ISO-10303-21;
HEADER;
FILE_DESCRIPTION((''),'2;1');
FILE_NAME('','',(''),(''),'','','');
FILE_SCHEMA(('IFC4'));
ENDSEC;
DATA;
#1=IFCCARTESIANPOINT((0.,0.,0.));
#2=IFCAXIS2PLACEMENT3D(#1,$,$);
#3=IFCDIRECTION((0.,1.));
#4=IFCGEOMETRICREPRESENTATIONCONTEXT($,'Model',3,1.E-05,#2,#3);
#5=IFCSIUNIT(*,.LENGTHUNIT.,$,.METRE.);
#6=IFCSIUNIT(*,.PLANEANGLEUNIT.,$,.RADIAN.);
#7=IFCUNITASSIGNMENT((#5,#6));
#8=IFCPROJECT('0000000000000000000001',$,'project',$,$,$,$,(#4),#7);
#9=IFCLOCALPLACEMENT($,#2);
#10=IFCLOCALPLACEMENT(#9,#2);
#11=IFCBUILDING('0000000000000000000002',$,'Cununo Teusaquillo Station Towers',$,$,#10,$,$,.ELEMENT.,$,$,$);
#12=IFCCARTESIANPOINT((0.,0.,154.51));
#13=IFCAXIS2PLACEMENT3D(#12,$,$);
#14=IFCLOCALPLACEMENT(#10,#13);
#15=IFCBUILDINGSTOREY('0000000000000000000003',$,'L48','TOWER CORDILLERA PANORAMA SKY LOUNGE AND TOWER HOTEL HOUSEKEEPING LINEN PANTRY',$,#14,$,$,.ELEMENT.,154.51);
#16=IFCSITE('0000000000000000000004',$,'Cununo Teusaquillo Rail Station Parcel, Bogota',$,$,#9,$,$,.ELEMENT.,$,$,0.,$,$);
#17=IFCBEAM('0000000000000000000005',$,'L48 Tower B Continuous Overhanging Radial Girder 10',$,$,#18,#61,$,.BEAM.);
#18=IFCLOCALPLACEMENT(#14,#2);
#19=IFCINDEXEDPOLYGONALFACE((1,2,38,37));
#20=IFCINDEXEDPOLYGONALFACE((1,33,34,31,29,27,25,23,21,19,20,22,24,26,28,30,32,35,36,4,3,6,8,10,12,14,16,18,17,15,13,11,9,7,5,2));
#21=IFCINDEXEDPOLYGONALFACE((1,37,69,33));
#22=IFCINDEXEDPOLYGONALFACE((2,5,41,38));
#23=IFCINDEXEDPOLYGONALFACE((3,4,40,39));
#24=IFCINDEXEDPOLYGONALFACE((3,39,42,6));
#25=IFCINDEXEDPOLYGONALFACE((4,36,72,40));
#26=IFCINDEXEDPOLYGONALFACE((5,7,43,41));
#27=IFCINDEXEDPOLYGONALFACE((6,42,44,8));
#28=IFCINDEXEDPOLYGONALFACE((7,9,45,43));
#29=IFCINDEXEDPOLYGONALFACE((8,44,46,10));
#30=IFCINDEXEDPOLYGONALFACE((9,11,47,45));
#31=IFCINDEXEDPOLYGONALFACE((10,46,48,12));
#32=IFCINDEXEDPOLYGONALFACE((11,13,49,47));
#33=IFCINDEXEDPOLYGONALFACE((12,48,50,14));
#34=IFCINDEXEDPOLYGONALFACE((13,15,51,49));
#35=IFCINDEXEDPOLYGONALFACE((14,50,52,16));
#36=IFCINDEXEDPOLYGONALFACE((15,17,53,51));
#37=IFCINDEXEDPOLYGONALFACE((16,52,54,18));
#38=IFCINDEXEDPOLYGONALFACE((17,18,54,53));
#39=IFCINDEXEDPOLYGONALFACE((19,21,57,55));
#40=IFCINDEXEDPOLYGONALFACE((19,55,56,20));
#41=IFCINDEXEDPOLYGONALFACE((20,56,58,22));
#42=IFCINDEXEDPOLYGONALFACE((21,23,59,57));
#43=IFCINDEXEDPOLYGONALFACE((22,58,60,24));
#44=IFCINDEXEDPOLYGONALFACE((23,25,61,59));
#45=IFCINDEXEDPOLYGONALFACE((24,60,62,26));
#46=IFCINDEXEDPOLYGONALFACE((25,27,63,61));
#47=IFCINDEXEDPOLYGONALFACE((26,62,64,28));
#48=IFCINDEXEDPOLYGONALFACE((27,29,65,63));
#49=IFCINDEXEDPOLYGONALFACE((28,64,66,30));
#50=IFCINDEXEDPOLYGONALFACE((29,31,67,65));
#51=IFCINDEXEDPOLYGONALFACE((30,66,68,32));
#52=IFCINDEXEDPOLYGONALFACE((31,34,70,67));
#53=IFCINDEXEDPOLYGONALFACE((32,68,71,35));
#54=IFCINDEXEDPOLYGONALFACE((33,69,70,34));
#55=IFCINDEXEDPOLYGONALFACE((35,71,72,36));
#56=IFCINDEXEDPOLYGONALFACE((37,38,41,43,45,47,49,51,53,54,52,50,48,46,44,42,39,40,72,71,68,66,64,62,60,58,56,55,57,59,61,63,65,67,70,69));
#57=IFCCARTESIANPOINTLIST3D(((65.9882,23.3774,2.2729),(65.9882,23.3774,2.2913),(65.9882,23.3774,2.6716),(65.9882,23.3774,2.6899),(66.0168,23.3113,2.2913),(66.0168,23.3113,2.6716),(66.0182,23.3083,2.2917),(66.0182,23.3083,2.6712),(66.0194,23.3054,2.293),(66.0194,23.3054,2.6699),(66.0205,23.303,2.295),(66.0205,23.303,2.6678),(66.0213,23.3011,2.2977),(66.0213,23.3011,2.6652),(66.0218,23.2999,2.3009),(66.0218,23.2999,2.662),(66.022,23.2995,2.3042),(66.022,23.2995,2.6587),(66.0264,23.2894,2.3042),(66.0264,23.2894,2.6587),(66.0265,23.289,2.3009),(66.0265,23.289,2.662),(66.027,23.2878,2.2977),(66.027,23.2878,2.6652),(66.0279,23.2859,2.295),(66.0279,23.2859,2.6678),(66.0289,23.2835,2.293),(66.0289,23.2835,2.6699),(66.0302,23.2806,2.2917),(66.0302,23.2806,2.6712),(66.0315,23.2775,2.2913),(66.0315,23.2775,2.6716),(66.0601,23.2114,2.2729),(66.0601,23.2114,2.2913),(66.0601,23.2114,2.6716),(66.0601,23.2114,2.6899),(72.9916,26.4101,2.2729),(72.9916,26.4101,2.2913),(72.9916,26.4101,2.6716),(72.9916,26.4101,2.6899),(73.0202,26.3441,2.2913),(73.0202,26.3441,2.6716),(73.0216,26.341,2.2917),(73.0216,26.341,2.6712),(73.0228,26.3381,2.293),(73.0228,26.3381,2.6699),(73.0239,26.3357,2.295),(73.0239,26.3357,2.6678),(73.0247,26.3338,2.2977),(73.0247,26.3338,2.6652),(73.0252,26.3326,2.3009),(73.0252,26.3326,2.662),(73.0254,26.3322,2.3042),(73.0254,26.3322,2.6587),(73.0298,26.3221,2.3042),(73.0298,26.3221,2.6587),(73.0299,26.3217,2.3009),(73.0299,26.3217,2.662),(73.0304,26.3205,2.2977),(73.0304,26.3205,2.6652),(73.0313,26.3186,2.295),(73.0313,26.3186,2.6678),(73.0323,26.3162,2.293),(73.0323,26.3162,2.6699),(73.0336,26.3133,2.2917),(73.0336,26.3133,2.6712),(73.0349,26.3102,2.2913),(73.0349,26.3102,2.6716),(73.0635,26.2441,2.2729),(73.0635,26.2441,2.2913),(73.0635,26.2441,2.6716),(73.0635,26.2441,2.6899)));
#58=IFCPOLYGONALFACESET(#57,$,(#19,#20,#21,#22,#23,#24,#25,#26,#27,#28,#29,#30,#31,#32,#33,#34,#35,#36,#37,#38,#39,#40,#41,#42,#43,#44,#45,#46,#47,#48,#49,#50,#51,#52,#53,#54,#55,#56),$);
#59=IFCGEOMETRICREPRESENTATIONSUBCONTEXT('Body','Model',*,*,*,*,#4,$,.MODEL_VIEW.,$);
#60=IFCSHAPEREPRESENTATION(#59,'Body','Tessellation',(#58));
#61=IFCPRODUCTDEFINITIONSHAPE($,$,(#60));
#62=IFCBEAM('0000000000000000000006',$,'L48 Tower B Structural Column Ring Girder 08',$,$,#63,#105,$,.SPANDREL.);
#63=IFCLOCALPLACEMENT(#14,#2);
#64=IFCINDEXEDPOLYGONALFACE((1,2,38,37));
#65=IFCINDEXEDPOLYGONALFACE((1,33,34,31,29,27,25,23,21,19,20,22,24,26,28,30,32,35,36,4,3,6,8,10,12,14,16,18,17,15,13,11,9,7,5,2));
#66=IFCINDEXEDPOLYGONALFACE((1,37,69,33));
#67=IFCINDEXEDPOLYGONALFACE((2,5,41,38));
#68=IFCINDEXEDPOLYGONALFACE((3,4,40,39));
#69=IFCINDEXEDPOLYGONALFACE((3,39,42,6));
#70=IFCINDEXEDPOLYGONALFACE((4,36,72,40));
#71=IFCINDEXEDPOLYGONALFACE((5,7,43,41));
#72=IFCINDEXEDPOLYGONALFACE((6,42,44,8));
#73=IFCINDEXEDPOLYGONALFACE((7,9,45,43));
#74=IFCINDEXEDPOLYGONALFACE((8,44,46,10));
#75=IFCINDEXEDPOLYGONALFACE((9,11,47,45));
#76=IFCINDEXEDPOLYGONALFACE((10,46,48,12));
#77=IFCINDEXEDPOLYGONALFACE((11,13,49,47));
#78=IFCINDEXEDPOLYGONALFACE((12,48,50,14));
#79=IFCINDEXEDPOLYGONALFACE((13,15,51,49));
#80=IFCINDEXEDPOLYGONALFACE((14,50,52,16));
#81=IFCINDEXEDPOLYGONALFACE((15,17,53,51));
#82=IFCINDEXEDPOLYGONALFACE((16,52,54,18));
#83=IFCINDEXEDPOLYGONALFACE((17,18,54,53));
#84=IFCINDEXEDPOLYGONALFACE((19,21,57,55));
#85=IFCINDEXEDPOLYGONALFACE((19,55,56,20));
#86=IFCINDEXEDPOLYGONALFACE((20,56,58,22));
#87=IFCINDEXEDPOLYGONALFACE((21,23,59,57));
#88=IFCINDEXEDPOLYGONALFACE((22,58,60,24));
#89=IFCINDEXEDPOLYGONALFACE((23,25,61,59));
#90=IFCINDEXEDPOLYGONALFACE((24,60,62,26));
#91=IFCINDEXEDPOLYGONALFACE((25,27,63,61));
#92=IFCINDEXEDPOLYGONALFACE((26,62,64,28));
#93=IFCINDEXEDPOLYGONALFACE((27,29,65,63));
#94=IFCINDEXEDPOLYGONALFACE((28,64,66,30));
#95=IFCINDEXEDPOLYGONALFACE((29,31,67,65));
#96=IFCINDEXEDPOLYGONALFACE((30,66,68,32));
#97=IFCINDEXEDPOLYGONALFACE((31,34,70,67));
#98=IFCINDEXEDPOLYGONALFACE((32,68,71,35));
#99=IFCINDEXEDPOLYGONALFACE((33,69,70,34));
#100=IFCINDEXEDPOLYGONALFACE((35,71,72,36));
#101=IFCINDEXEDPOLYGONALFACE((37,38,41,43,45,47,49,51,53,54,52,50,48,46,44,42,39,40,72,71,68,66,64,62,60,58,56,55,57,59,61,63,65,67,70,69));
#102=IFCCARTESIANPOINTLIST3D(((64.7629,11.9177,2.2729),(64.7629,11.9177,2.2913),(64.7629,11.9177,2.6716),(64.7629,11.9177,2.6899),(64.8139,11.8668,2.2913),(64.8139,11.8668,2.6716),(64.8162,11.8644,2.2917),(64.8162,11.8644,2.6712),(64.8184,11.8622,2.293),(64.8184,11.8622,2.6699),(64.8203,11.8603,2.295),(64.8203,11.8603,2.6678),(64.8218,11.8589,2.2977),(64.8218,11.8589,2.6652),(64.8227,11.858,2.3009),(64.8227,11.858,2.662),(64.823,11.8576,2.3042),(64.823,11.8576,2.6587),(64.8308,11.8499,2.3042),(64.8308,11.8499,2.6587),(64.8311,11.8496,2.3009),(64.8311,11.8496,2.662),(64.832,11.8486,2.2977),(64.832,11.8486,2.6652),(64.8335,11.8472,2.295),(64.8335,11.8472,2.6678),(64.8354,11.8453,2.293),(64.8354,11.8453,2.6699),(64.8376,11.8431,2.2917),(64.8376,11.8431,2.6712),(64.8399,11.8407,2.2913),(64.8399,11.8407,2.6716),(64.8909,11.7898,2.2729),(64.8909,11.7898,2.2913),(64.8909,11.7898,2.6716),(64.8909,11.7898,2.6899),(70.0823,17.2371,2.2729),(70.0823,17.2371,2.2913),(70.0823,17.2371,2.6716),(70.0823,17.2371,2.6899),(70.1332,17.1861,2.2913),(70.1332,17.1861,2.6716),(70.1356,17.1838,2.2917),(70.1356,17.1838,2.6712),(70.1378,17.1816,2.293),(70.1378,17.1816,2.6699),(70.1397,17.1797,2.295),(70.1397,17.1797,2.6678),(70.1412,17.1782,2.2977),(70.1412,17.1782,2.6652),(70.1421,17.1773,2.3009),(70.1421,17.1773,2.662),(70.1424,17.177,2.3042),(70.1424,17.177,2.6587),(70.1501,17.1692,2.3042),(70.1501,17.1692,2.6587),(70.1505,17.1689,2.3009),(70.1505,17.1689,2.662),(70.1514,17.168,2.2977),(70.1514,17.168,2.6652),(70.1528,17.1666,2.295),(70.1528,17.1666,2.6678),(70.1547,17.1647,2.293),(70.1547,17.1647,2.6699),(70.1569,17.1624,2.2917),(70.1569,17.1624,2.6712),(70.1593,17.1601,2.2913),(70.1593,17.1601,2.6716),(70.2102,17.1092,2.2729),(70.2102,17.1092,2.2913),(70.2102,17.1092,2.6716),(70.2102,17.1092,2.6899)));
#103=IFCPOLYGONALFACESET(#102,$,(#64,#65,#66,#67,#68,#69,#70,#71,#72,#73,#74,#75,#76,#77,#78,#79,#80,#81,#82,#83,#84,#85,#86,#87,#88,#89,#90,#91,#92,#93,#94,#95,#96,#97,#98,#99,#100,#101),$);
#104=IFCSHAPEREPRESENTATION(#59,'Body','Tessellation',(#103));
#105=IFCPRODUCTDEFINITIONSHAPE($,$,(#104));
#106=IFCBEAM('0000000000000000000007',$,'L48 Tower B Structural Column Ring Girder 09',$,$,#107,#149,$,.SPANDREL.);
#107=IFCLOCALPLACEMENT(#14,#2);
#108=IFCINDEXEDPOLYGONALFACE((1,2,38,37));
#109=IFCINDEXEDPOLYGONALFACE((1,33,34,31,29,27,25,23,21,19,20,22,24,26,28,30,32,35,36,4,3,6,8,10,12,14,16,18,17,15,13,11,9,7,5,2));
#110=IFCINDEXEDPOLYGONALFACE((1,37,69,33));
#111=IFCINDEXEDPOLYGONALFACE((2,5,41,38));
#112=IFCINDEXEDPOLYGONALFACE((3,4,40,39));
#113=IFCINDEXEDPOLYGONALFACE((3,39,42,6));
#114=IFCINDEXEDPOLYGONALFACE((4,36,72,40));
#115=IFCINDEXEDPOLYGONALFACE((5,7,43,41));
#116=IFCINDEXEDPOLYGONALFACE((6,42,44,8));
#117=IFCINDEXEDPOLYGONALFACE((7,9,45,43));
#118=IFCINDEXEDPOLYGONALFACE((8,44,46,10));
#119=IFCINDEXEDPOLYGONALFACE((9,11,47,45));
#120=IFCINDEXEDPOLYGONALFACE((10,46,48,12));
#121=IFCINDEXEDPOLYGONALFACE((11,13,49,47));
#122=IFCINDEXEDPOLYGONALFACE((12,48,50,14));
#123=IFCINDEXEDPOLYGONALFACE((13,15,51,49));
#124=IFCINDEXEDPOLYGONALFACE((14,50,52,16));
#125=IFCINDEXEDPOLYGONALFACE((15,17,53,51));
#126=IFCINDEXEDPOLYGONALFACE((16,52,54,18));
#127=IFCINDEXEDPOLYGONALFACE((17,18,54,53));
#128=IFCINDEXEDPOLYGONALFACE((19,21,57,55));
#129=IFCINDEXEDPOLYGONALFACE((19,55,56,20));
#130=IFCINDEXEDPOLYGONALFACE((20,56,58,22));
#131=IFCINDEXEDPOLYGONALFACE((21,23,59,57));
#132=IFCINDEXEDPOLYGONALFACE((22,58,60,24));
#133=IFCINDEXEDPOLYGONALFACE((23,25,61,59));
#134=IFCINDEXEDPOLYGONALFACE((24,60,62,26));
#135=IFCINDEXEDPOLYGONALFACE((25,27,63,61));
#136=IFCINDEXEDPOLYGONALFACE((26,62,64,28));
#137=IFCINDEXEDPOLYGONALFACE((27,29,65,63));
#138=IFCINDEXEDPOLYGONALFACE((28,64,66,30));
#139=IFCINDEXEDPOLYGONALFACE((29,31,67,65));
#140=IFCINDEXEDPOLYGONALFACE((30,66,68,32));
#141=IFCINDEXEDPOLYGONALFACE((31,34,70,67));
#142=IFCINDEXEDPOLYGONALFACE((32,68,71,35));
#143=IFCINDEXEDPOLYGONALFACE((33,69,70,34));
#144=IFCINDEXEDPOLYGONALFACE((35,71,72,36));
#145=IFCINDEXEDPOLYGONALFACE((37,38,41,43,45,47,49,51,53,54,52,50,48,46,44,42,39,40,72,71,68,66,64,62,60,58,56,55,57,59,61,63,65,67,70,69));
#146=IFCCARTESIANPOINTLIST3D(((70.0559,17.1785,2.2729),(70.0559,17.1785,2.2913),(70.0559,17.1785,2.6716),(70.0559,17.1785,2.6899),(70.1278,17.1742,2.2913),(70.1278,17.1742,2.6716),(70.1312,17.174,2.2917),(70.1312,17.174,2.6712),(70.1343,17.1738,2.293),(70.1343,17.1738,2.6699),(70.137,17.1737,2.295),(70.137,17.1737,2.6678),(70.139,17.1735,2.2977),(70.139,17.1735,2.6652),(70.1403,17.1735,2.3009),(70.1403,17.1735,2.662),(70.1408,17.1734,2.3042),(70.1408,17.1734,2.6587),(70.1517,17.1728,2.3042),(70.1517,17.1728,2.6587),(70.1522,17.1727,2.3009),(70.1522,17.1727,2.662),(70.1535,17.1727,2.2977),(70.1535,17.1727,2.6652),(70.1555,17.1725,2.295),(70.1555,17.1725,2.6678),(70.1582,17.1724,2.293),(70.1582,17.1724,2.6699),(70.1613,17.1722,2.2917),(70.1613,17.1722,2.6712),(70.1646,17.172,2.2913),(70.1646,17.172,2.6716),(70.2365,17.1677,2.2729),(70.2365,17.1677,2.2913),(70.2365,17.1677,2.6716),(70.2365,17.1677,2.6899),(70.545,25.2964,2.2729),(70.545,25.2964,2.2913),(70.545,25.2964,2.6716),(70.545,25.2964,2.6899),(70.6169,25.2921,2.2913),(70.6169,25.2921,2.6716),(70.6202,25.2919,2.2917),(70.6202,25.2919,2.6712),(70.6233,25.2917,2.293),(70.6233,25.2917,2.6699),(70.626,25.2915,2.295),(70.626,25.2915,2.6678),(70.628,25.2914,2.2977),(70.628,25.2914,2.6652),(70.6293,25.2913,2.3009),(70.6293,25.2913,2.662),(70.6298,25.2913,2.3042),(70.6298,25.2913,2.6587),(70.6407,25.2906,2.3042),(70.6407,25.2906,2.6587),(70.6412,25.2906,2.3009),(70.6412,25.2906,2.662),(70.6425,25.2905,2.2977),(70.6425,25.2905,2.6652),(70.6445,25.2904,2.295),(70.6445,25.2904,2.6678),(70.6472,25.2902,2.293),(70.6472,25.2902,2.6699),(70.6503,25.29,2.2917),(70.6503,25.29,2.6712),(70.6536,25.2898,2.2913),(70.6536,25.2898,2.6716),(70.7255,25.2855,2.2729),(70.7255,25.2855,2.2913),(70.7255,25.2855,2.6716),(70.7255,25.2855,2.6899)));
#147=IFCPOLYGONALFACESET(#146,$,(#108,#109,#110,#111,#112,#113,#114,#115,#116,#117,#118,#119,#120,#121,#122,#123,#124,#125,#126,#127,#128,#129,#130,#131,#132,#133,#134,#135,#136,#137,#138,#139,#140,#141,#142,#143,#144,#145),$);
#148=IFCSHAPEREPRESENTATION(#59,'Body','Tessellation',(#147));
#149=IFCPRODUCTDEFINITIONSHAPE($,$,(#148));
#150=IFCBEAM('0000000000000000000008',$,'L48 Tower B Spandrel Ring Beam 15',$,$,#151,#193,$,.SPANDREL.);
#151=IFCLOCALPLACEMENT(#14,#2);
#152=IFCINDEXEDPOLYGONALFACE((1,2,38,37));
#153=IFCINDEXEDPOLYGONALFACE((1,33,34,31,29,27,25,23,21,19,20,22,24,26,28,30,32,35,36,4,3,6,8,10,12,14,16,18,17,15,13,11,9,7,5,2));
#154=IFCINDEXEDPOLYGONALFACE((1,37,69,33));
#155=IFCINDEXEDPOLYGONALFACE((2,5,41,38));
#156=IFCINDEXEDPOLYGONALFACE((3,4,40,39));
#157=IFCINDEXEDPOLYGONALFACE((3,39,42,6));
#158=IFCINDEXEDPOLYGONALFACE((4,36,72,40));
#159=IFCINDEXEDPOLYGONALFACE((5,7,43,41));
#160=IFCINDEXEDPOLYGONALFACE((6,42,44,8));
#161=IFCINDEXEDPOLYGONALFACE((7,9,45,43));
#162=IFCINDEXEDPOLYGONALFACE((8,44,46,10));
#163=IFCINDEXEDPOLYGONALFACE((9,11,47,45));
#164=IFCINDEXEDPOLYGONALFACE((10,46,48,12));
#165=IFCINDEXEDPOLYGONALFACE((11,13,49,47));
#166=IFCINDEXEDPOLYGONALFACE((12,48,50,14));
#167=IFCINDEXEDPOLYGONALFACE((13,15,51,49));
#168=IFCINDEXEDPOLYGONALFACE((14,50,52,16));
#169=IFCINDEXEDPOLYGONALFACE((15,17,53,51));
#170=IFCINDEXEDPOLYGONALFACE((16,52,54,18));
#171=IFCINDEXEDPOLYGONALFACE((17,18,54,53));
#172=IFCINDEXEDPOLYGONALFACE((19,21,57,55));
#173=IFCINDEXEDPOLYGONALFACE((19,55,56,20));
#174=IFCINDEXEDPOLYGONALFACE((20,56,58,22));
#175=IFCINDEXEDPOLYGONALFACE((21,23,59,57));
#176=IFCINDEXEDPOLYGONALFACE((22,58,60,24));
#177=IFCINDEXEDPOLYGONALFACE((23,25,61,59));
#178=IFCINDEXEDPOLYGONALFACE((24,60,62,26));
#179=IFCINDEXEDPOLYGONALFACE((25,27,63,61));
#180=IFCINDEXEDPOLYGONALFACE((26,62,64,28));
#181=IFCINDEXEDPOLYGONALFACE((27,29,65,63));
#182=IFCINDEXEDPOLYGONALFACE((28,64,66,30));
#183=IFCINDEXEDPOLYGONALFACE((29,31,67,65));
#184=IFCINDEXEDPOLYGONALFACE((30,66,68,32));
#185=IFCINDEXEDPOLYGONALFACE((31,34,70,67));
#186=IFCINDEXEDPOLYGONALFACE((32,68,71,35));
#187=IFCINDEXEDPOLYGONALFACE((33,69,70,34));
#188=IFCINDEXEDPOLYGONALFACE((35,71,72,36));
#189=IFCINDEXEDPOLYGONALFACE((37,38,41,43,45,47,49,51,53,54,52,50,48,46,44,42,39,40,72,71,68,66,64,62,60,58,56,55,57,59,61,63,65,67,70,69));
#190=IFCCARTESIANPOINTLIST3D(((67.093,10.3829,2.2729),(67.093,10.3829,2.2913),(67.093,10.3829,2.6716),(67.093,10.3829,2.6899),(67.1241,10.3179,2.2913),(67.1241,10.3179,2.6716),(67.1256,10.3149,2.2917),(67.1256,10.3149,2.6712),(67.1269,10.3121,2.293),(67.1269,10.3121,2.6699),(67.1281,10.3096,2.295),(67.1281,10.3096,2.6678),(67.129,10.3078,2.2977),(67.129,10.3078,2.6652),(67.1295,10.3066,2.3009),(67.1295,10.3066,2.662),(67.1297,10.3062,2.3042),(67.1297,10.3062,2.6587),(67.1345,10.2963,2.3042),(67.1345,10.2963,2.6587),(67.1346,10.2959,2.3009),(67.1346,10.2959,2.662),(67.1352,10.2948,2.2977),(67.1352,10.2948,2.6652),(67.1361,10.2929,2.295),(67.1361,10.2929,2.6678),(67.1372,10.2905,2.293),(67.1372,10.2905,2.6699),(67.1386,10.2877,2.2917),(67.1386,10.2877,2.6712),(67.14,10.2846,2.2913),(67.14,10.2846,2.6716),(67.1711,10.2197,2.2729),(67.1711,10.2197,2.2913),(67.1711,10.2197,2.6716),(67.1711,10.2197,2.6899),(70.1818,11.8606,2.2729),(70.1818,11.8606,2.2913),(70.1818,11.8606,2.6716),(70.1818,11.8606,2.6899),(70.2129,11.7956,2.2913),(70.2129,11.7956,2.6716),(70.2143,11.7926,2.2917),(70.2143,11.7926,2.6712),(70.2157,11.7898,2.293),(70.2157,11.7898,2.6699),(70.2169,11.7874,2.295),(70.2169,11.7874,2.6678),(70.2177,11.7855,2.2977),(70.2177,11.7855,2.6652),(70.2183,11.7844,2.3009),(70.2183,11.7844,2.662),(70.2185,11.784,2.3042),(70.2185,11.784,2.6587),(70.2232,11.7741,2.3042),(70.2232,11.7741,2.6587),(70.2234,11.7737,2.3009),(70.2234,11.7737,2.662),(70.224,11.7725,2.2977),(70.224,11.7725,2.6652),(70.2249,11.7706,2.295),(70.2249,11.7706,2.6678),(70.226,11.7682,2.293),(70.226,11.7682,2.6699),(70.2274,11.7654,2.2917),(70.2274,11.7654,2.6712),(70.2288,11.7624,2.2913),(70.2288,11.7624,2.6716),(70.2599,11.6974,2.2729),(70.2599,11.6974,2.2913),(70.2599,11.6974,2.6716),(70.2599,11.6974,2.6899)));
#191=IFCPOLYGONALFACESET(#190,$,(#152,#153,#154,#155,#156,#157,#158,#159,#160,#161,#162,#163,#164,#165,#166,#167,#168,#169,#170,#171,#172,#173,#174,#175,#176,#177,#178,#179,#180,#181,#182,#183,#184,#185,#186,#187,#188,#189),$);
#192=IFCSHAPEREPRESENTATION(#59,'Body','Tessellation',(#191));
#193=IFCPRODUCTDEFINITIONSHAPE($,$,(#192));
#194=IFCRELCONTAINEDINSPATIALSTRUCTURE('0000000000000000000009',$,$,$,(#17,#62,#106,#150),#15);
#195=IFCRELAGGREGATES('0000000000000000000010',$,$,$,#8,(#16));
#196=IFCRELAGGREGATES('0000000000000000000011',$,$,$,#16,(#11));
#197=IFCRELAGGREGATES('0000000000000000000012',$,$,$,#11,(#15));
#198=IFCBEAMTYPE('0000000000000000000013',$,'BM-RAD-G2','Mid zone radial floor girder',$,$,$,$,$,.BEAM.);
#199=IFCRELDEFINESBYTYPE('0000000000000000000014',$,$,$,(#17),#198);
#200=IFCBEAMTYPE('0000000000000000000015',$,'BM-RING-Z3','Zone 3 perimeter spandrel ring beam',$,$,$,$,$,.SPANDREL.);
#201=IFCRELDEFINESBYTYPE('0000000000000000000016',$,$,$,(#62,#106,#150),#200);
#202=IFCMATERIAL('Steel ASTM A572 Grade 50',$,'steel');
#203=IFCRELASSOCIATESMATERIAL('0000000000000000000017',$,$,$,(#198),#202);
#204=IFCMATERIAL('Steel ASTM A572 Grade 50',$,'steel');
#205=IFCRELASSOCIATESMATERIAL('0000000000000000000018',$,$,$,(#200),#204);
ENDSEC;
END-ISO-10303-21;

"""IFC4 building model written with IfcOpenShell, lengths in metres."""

from ifc_helpers import new_model, si_unit, direction, frame, origin, origin_2d, place, context, subcontext, project, spatial, i_section, extrude, material, material_profile, profile_set, type_object, element, save


model = new_model("IFC4")

# Units and contexts
model_context = context("Model", 3, precision=1e-05, world=origin(), true_north=direction((0.0, 1.0)))
body_context = subcontext(model_context, "Body", "Model", "MODEL_VIEW")
ifc_project = project(units=[si_unit("LENGTHUNIT", "METRE"), si_unit("PLANEANGLEUNIT", "RADIAN")], contexts=[model_context])

# Site, building, storey
site_placement = place(None, origin())
site = spatial("IfcSite", under=ifc_project, at=site_placement, Name="Cununo Teusaquillo Rail Station Parcel, Bogota", CompositionType="ELEMENT", RefElevation=0.0)
building_placement = place(site_placement, origin())
building = spatial("IfcBuilding", under=site, at=building_placement, Name="Cununo Teusaquillo Station Towers", CompositionType="ELEMENT")
storey_placement = place(building_placement, frame((0.0, 0.0, 154.51)))
storey = spatial("IfcBuildingStorey", under=building, at=storey_placement, Name="L48", Description="TOWER CORDILLERA PANORAMA SKY LOUNGE AND TOWER HOTEL HOUSEKEEPING LINEN PANTRY", CompositionType="ELEMENT", Elevation=154.51)

# Beams
ifc_material_1 = material(Name="Steel ASTM A572 Grade 50", Category="steel")
ifc_material_profile_1 = material_profile(ifc_material_1, i_section(OverallWidth=0.1809, OverallDepth=0.417, WebThickness=0.011, FlangeThickness=0.0183, FilletRadius=0.0129, at=origin_2d()), Name="W16X57")
ifc_profile_set_1 = profile_set([ifc_material_profile_1], Name="Steel ASTM A572 Grade 50")
beam_type_1 = type_object("IfcBeamType", Name="BM-RAD-G2", Description="Mid zone radial floor girder", PredefinedType="BEAM", material=ifc_profile_set_1)
beam_1_placement = place(storey_placement, frame((66.0242, 23.2944, 2.4814), z_axis=(0.917656, 0.397376, 0.0), x_axis=(-0.397376, 0.917656, 0.0)))
element("IfcBeam", 1, at=beam_1_placement, inside=storey, type_object=beam_type_1, Name="L48 Tower B Continuous Overhanging Radial Girder 10", PredefinedType="BEAM", context=body_context, shape_type="SweptSolid", body=[
    extrude(i_section(OverallWidth=0.1809, OverallDepth=0.417, WebThickness=0.011, FlangeThickness=0.0183, FilletRadius=0.0129, at=origin_2d()), origin(), (0.0, 0.0, 1.0), 7.6318),
])
ifc_material_2 = material(Name="Steel ASTM A572 Grade 50", Category="steel")
ifc_material_profile_2 = material_profile(ifc_material_2, i_section(OverallWidth=0.1809, OverallDepth=0.417, WebThickness=0.011, FlangeThickness=0.0183, FilletRadius=0.0129, at=origin_2d()), Name="W16X57")
ifc_profile_set_2 = profile_set([ifc_material_profile_2], Name="Steel ASTM A572 Grade 50")
beam_type_2 = type_object("IfcBeamType", Name="BM-RING-Z3", Description="Zone 3 perimeter spandrel ring beam", PredefinedType="SPANDREL", material=ifc_profile_set_2)
beam_2_placement = place(storey_placement, frame((64.8269, 11.8538, 2.4814), z_axis=(0.707107, 0.707107, 0.0), x_axis=(-0.707107, 0.707107, 0.0)))
element("IfcBeam", 2, at=beam_2_placement, inside=storey, type_object=beam_type_2, Name="L48 Tower B Structural Column Ring Girder 08", PredefinedType="SPANDREL", context=body_context, shape_type="SweptSolid", body=[
    extrude(i_section(OverallWidth=0.1809, OverallDepth=0.417, WebThickness=0.011, FlangeThickness=0.0183, FilletRadius=0.0129, at=origin_2d()), origin(), (0.0, 0.0, 1.0), 7.5227),
])
beam_3_placement = place(storey_placement, frame((70.1462, 17.1731, 2.4814), z_axis=(0.06013, 0.998191, 0.0), x_axis=(-0.998191, 0.06013, 0.0)))
element("IfcBeam", 3, at=beam_3_placement, inside=storey, type_object=beam_type_2, Name="L48 Tower B Structural Column Ring Girder 09", PredefinedType="SPANDREL", context=body_context, shape_type="SweptSolid", body=[
    extrude(i_section(OverallWidth=0.1809, OverallDepth=0.417, WebThickness=0.011, FlangeThickness=0.0183, FilletRadius=0.0129, at=origin_2d()), origin(), (0.0, 0.0, 1.0), 8.1326),
])
for number, where, z_axis, x_axis, name in (
    (4, (67.1321, 10.3013, 2.4814), (0.902078, 0.431574, 0.0), (-0.431574, 0.902078, 0.0), "L48 Tower B Spandrel Ring Beam 15"),
):
    element("IfcBeam", number, at=place(storey_placement, frame(where, z_axis=z_axis, x_axis=x_axis)), inside=storey, type_object=beam_type_2, Name=name, PredefinedType="SPANDREL", context=body_context, shape_type="SweptSolid", body=[
        extrude(i_section(OverallWidth=0.1809, OverallDepth=0.417, WebThickness=0.011, FlangeThickness=0.0183, FilletRadius=0.0129, at=origin_2d()), origin(), (0.0, 0.0, 1.0), 3.4241),
    ])

save(model, "model.ifc")
